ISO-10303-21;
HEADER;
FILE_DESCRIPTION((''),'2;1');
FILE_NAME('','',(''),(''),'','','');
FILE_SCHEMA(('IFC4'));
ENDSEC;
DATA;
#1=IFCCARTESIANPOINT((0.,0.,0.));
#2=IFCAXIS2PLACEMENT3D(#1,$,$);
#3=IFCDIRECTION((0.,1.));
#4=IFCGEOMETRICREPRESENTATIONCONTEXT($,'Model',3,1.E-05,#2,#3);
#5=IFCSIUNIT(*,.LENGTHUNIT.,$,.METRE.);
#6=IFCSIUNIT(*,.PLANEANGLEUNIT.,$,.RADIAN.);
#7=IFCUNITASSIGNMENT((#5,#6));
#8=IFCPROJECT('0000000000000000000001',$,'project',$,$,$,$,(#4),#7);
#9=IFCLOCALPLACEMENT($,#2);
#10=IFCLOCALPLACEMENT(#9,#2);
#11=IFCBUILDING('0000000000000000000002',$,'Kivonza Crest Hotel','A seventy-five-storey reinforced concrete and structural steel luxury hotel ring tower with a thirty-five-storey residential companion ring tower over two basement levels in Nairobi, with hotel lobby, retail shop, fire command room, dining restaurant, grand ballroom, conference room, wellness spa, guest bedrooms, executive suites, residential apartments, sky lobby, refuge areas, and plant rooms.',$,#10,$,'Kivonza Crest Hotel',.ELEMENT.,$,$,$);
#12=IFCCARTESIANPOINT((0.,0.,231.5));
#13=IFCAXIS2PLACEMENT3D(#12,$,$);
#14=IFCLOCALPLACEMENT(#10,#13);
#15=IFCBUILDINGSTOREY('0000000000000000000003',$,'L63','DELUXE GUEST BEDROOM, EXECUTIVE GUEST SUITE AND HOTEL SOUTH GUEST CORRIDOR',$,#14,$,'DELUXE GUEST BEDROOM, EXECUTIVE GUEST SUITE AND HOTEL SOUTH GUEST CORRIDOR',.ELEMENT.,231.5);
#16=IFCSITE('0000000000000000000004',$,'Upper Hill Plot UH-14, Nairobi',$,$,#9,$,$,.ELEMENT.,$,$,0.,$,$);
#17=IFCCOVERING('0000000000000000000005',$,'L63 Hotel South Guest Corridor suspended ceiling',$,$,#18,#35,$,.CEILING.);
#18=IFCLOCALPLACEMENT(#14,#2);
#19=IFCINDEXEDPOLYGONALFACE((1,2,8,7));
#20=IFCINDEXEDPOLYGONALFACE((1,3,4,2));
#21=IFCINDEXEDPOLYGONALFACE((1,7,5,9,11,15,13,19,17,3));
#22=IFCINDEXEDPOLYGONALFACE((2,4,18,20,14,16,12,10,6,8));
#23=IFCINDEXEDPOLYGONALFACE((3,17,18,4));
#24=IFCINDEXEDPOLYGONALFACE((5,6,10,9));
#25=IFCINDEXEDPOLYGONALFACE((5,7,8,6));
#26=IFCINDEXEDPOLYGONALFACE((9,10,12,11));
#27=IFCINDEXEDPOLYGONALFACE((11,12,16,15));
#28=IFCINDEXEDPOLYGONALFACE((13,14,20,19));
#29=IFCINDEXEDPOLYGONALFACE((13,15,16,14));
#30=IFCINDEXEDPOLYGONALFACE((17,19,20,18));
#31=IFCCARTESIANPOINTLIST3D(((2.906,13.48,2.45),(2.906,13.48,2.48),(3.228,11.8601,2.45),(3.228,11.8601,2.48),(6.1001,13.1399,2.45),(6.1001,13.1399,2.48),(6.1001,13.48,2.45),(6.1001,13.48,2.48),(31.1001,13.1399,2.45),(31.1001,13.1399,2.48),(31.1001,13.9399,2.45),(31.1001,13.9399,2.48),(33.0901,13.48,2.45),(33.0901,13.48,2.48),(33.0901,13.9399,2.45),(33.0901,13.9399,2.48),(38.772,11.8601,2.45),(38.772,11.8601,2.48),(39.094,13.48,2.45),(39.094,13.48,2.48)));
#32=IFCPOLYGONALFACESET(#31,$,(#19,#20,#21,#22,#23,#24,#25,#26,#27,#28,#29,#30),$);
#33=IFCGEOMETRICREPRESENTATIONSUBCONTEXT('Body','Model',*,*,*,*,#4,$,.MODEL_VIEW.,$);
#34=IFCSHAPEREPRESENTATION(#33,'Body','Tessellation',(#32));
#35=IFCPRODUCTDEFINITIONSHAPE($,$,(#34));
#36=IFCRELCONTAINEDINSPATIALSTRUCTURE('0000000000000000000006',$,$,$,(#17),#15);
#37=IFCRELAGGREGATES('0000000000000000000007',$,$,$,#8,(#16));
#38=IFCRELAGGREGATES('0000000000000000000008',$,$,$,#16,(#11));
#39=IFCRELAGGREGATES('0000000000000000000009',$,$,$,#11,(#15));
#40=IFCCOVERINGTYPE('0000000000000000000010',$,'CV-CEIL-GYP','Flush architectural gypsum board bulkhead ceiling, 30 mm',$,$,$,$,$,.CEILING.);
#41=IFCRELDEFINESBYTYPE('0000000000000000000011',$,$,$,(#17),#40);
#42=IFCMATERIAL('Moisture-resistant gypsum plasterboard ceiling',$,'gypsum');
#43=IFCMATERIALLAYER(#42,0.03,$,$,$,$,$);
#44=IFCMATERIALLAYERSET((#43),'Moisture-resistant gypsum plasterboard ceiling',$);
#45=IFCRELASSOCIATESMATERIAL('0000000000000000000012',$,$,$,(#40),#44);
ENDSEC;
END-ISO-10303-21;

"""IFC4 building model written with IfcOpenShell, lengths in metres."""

from ifc_helpers import new_model, si_unit, direction, frame, origin, place, context, subcontext, project, spatial, polyline, outline, extrude, material, layer, layer_set, type_object, element, save


model = new_model("IFC4")

# Units and contexts
model_context = context("Model", 3, precision=1e-05, world=origin(), true_north=direction((0.0, 1.0)))
body_context = subcontext(model_context, "Body", "Model", "MODEL_VIEW")
ifc_project = project(units=[si_unit("LENGTHUNIT", "METRE"), si_unit("PLANEANGLEUNIT", "RADIAN")], contexts=[model_context])

# Site, building, storey
site_placement = place(None, origin())
site = spatial("IfcSite", under=ifc_project, at=site_placement, Name="Upper Hill Plot UH-14, Nairobi", CompositionType="ELEMENT", RefElevation=0.0)
building_placement = place(site_placement, origin())
building = spatial("IfcBuilding", under=site, at=building_placement, Name="Kivonza Crest Hotel", Description="A seventy-five-storey reinforced concrete and structural steel luxury hotel ring tower with a thirty-five-storey residential companion ring tower over two basement levels in Nairobi, with hotel lobby, retail shop, fire command room, dining restaurant, grand ballroom, conference room, wellness spa, guest bedrooms, executive suites, residential apartments, sky lobby, refuge areas, and plant rooms.", LongName="Kivonza Crest Hotel", CompositionType="ELEMENT")
storey_placement = place(building_placement, frame((0.0, 0.0, 231.5)))
storey = spatial("IfcBuildingStorey", under=building, at=storey_placement, Name="L63", Description="DELUXE GUEST BEDROOM, EXECUTIVE GUEST SUITE AND HOTEL SOUTH GUEST CORRIDOR", LongName="DELUXE GUEST BEDROOM, EXECUTIVE GUEST SUITE AND HOTEL SOUTH GUEST CORRIDOR", CompositionType="ELEMENT", Elevation=231.5)

# Covering
ifc_material_1 = material(Name="Moisture-resistant gypsum plasterboard ceiling", Category="gypsum")
ifc_layer_1 = layer(ifc_material_1, 0.03)
ifc_layer_set_1 = layer_set([ifc_layer_1], Name="Moisture-resistant gypsum plasterboard ceiling")
covering_type = type_object("IfcCoveringType", Name="CV-CEIL-GYP", Description="Flush architectural gypsum board bulkhead ceiling, 30 mm", PredefinedType="CEILING", material=ifc_layer_set_1)
covering_1_placement = place(storey_placement, frame((0.0, 0.0, 2.45)))
element("IfcCovering", 1, at=covering_1_placement, inside=storey, type_object=covering_type, Name="L63 Hotel South Guest Corridor suspended ceiling", PredefinedType="CEILING", context=body_context, shape_type="SweptSolid", body=[
    extrude(outline(polyline([(33.0901, 13.48), (33.0901, 13.9399), (31.1001, 13.9399), (31.1001, 13.1399), (6.1001, 13.1399), (6.1001, 13.48), (2.906, 13.48), (3.228, 11.8601), (38.772, 11.8601), (39.094, 13.48), (33.0901, 13.48)])), origin(), (0.0, 0.0, 1.0), 0.03),
])

save(model, "model.ifc")
